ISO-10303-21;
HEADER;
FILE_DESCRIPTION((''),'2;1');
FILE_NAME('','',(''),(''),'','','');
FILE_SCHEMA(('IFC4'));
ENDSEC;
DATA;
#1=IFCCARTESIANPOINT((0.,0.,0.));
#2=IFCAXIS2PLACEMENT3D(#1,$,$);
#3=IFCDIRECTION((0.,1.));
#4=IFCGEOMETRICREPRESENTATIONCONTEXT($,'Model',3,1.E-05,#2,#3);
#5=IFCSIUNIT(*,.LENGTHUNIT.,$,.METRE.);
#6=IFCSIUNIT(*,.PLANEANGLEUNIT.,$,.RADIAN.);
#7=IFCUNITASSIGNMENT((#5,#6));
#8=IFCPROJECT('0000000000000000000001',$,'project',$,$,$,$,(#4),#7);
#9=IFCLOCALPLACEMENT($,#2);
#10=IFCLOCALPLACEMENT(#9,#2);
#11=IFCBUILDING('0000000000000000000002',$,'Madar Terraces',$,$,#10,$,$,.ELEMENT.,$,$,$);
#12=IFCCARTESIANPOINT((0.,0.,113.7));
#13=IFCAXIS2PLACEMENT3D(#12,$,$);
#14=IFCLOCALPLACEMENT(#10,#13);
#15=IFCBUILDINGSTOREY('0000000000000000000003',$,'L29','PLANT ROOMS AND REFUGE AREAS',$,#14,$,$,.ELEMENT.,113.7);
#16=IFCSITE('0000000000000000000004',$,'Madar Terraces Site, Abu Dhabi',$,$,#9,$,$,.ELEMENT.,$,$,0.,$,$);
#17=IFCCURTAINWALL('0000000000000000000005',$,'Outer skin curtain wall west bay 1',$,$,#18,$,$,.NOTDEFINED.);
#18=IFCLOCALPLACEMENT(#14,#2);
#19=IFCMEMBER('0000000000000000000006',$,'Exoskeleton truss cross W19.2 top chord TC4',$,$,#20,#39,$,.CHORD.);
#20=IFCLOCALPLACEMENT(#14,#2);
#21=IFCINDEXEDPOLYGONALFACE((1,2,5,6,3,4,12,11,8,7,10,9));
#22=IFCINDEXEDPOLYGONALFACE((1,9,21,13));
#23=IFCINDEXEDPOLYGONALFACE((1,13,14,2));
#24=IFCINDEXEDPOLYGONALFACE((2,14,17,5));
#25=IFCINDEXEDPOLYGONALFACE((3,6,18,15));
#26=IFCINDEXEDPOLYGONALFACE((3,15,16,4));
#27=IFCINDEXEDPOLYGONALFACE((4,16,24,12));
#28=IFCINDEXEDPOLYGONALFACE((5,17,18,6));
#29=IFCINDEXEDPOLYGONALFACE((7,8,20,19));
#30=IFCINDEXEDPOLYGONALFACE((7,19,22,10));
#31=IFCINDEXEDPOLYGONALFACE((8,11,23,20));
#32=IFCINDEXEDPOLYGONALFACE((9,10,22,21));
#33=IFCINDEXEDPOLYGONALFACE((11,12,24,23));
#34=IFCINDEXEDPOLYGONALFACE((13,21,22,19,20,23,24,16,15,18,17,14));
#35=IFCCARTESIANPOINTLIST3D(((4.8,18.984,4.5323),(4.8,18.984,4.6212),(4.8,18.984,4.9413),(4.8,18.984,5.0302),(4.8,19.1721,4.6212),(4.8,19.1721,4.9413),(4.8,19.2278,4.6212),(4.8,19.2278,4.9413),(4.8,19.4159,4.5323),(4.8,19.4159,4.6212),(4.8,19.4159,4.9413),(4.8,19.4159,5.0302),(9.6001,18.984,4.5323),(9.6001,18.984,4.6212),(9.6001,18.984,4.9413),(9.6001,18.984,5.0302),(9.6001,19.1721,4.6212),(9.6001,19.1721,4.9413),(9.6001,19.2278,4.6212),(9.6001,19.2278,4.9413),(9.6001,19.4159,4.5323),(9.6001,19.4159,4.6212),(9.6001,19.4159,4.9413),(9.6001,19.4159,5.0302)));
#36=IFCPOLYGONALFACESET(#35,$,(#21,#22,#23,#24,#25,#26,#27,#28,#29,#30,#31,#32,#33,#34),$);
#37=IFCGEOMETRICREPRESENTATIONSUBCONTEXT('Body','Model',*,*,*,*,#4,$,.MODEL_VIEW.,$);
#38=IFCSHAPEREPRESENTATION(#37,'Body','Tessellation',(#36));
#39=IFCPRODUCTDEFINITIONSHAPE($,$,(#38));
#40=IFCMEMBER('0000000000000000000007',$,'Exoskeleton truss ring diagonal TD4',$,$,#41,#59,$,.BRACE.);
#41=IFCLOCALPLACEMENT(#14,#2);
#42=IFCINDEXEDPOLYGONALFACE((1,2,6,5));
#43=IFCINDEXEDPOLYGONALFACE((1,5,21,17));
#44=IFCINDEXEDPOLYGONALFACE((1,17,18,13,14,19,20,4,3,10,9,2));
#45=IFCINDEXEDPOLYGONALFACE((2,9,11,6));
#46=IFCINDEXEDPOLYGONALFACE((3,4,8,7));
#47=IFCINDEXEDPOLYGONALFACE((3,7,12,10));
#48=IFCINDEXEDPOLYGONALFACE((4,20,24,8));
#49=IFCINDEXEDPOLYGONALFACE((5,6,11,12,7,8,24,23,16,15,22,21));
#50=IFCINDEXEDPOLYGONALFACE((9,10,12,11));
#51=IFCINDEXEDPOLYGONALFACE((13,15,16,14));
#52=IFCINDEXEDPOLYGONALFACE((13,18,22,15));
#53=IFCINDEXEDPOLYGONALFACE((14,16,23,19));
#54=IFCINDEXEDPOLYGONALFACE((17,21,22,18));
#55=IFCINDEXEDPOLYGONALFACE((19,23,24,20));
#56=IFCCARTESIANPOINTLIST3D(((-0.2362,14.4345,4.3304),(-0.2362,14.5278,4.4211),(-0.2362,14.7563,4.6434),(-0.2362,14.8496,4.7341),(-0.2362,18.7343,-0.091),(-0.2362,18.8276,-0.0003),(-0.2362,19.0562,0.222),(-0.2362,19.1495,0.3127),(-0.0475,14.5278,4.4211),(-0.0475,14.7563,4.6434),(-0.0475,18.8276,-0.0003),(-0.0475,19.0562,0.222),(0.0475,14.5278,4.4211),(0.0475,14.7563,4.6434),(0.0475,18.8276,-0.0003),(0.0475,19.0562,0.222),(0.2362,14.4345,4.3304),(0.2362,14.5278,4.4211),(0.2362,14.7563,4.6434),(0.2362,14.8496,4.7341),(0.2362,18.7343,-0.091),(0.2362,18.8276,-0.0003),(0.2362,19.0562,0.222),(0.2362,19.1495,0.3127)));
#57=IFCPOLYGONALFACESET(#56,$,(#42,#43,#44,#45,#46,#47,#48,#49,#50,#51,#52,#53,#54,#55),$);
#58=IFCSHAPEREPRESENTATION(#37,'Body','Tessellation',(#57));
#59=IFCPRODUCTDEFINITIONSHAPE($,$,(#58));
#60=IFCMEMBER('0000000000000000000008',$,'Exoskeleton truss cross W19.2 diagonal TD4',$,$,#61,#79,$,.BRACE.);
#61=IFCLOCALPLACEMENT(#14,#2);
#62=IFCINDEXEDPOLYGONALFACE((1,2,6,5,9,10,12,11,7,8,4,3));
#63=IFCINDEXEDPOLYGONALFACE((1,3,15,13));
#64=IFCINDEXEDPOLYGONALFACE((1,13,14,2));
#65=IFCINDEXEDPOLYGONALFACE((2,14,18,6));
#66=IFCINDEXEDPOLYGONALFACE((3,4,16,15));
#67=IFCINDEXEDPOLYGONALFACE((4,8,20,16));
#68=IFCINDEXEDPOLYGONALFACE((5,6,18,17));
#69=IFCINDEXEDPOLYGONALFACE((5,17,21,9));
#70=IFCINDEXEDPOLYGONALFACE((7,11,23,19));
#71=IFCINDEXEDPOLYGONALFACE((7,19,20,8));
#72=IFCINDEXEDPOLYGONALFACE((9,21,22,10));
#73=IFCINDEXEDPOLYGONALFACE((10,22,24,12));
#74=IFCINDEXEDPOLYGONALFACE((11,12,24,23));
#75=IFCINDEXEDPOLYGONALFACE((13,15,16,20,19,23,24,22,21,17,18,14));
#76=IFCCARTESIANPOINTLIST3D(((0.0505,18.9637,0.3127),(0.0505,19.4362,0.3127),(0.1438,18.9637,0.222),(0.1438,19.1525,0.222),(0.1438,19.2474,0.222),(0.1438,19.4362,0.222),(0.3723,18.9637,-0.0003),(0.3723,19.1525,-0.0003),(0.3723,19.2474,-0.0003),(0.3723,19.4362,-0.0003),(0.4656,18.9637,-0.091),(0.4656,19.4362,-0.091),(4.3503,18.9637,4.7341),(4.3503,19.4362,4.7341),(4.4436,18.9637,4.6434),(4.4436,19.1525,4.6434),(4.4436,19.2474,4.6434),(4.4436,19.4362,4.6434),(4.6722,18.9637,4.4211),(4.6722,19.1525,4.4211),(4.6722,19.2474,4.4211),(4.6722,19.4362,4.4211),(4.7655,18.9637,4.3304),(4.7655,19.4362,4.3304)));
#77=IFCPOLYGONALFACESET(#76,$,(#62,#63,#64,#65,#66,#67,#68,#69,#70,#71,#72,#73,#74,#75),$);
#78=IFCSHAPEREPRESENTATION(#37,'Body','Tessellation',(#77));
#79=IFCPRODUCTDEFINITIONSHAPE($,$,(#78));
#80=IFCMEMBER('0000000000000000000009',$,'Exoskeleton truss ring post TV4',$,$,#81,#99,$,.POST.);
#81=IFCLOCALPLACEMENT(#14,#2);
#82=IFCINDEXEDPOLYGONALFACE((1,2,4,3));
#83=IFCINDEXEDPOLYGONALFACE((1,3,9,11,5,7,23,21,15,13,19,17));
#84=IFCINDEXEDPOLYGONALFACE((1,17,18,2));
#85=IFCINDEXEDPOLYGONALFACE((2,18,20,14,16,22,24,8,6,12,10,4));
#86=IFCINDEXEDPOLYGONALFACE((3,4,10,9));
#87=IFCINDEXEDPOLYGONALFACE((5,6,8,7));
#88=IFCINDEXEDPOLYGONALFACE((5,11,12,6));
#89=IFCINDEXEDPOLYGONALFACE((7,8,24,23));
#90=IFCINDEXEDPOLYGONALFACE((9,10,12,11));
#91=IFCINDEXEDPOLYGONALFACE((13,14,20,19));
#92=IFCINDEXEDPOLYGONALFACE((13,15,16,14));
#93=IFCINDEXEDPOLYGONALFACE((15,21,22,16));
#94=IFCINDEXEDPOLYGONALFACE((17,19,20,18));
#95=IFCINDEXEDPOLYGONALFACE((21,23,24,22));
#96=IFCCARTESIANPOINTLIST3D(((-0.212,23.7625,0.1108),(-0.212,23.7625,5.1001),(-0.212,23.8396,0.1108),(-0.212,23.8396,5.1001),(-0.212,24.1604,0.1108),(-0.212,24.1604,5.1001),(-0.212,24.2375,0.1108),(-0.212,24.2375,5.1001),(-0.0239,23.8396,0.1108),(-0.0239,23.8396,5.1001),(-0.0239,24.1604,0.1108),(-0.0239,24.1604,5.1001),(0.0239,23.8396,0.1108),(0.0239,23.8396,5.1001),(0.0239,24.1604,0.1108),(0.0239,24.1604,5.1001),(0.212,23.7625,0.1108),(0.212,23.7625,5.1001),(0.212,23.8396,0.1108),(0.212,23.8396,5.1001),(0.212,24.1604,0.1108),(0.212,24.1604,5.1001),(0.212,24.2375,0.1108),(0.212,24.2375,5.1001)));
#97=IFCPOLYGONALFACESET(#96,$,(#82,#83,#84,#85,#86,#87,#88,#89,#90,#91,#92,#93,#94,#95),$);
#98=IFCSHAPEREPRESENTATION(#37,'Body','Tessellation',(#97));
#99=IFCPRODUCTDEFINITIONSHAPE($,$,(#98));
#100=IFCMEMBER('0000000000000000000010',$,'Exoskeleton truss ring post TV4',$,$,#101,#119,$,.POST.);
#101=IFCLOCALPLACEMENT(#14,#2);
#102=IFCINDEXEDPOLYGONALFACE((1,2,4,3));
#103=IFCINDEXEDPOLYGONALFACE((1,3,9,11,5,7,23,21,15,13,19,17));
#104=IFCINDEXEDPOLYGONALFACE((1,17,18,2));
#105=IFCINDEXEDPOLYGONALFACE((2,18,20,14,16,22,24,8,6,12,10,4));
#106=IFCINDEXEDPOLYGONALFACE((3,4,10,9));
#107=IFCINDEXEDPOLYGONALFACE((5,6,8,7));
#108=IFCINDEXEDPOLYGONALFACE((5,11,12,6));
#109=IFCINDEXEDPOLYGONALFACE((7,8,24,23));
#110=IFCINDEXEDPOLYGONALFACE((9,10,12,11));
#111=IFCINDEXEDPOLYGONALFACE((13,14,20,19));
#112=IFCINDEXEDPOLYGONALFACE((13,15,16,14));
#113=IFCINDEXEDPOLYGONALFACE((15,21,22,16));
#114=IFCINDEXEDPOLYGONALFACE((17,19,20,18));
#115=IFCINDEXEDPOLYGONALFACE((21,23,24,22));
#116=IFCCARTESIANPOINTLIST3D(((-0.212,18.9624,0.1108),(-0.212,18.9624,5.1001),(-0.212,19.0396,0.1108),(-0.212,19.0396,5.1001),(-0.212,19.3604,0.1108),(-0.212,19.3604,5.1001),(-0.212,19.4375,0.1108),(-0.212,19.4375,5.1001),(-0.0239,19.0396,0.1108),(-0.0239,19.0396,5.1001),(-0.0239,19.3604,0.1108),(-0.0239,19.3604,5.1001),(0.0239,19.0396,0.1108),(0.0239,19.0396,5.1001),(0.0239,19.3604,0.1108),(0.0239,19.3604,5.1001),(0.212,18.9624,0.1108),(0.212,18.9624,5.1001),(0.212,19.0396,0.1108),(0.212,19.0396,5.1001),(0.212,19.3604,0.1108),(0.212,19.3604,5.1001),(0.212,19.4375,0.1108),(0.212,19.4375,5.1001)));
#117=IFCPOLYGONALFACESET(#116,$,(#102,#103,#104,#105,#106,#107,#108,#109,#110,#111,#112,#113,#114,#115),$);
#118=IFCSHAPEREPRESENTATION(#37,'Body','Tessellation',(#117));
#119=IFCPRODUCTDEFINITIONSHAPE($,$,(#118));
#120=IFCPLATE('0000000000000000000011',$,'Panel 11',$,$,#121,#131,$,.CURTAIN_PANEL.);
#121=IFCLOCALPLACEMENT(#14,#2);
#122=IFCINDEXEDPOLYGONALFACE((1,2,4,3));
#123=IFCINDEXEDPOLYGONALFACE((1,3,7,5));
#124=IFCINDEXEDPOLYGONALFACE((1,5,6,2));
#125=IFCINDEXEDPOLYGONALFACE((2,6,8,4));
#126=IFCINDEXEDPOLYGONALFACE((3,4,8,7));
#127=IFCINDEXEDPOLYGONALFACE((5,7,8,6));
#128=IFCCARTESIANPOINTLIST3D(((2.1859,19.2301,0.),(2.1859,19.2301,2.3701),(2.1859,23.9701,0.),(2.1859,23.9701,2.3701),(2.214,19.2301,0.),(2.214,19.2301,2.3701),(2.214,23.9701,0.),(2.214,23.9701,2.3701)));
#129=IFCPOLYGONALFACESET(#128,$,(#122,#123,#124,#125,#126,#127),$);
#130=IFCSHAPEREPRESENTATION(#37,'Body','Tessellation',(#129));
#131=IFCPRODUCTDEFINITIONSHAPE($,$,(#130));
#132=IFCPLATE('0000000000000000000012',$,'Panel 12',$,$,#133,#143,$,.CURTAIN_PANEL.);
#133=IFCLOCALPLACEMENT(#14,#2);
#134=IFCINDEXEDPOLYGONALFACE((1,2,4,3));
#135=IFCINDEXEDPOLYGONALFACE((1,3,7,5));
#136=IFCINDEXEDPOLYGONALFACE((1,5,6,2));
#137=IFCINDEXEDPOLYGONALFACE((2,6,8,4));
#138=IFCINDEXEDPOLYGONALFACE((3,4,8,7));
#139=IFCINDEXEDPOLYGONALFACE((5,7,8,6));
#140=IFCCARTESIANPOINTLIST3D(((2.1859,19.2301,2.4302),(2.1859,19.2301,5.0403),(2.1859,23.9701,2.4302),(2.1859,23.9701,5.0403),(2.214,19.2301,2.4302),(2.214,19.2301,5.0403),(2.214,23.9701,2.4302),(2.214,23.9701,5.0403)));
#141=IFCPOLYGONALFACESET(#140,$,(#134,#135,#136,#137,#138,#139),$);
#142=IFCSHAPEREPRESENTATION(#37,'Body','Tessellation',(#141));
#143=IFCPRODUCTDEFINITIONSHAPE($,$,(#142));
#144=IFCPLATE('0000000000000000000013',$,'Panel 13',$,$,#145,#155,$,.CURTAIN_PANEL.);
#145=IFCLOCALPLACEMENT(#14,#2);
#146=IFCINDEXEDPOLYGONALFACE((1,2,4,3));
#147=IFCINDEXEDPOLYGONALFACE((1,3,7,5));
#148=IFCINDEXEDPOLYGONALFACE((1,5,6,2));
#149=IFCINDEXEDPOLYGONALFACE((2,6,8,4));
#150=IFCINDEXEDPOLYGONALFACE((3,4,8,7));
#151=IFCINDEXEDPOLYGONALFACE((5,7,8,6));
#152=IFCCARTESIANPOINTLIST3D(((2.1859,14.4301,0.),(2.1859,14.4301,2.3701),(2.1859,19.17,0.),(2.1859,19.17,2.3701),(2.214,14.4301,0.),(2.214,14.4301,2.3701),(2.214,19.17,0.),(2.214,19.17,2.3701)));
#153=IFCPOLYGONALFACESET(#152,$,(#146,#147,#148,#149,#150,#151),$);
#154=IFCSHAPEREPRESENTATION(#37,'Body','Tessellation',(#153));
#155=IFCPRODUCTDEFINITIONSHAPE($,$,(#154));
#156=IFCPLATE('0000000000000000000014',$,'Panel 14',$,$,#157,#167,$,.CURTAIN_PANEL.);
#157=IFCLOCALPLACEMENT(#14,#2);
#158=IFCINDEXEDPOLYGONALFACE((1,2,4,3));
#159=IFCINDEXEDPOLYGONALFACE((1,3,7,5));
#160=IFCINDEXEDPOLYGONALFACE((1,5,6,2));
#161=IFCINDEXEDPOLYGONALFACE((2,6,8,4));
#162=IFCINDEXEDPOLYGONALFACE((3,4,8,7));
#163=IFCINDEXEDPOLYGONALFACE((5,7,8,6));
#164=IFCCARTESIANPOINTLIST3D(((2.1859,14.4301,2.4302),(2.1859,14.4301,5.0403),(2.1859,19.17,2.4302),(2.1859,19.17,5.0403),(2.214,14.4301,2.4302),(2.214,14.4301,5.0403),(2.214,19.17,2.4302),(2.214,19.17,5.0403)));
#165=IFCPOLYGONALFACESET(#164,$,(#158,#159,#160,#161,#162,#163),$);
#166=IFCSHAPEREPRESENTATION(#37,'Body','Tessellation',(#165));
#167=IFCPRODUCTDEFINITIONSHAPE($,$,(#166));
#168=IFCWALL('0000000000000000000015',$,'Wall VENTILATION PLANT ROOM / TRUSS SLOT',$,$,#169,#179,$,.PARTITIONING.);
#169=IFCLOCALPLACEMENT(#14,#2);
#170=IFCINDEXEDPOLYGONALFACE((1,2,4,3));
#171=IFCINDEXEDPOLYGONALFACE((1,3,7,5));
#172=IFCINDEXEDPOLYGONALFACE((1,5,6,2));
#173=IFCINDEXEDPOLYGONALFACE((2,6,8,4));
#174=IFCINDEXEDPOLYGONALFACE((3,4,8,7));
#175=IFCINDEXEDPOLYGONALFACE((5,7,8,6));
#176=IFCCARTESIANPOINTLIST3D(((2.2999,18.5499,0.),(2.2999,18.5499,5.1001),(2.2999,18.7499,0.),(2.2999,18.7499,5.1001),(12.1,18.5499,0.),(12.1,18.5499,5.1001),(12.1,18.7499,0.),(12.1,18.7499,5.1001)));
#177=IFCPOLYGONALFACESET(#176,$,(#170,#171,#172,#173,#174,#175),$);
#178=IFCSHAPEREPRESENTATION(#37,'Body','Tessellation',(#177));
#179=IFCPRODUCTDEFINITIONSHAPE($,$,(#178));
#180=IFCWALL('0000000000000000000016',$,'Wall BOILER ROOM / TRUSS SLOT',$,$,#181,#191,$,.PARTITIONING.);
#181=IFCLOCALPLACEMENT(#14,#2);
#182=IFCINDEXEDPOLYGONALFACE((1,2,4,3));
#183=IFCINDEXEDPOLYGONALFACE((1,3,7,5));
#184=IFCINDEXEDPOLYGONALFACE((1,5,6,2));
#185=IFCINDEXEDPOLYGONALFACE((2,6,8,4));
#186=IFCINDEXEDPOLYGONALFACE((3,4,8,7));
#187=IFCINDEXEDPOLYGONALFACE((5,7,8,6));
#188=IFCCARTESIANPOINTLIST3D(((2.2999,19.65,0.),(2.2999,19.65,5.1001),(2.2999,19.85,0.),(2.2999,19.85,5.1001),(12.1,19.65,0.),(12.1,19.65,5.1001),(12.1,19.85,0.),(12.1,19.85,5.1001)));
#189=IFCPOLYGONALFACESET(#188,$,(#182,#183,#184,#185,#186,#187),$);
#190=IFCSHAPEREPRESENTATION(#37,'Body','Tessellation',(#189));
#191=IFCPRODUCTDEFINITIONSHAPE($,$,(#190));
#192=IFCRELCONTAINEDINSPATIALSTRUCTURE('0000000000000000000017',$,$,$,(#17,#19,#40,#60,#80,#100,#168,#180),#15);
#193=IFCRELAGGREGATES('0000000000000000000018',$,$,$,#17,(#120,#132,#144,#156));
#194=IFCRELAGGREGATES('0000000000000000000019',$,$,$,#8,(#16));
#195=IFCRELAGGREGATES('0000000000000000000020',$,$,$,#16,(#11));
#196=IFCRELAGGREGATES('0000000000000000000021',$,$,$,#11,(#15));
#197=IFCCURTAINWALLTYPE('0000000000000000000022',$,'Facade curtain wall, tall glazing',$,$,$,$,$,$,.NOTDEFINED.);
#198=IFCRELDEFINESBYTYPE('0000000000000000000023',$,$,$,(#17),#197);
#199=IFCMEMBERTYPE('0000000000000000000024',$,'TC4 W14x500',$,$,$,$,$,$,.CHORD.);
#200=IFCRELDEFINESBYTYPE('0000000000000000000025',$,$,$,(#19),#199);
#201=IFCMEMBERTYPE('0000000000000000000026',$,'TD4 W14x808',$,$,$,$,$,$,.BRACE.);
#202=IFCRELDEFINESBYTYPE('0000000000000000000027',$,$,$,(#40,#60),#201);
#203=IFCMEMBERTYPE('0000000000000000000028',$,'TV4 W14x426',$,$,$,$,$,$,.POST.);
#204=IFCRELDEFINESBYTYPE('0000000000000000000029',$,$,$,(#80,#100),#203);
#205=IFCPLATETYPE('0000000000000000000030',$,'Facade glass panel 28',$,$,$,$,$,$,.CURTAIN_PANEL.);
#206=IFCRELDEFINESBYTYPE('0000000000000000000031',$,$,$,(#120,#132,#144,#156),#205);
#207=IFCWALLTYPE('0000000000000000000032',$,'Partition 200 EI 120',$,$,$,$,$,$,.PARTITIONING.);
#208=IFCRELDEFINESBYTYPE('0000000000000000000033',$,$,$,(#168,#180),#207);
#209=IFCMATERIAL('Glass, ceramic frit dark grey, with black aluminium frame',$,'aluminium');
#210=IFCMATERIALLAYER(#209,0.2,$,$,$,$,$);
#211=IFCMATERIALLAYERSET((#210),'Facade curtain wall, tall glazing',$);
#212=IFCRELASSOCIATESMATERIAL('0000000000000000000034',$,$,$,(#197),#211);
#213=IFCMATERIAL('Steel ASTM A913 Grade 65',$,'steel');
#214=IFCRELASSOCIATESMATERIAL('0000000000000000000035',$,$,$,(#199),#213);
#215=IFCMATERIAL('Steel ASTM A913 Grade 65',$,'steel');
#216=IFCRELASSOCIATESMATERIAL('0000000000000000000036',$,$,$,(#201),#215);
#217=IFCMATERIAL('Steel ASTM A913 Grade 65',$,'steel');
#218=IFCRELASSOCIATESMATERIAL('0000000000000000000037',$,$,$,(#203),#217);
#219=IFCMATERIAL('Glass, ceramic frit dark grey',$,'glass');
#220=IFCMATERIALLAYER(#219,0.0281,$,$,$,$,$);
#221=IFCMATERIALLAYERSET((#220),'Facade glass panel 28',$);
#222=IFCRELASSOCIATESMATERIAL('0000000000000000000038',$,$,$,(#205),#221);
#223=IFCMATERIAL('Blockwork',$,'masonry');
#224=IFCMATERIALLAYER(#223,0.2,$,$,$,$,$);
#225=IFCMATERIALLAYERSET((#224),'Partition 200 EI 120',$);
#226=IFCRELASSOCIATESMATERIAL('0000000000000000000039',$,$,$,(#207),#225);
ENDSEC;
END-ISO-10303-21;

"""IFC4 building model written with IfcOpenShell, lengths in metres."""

from ifc_helpers import new_model, si_unit, direction, frame, frame_2d, origin, origin_2d, place, context, subcontext, project, spatial, rectangle, i_section, extrude, material, layer, layer_set, material_profile, profile_set, type_object, element, aggregate, save


model = new_model("IFC4")

# Units and contexts
model_context = context("Model", 3, precision=1e-05, world=origin(), true_north=direction((0.0, 1.0)))
body_context = subcontext(model_context, "Body", "Model", "MODEL_VIEW")
ifc_project = project(units=[si_unit("LENGTHUNIT", "METRE"), si_unit("PLANEANGLEUNIT", "RADIAN")], contexts=[model_context])

# Site, building, storey
site_placement = place(None, origin())
site = spatial("IfcSite", under=ifc_project, at=site_placement, Name="Madar Terraces Site, Abu Dhabi", CompositionType="ELEMENT", RefElevation=0.0)
building_placement = place(site_placement, origin())
building = spatial("IfcBuilding", under=site, at=building_placement, Name="Madar Terraces", CompositionType="ELEMENT")
storey_placement = place(building_placement, frame((0.0, 0.0, 113.7)))
storey = spatial("IfcBuildingStorey", under=building, at=storey_placement, Name="L29", Description="PLANT ROOMS AND REFUGE AREAS", CompositionType="ELEMENT", Elevation=113.7)

# Curtain wall
ifc_material_1 = material(Name="Glass, ceramic frit dark grey, with black aluminium frame", Category="aluminium")
ifc_layer_1 = layer(ifc_material_1, 0.2)
ifc_layer_set_1 = layer_set([ifc_layer_1], Name="Facade curtain wall, tall glazing")
curtain_wall_type = type_object("IfcCurtainWallType", Name="Facade curtain wall, tall glazing", PredefinedType="NOTDEFINED", material=ifc_layer_set_1)
curtain_wall_placement = place(storey_placement, origin())
curtain_wall = element("IfcCurtainWall", 1, at=curtain_wall_placement, inside=storey, type_object=curtain_wall_type, Name="Outer skin curtain wall west bay 1", PredefinedType="NOTDEFINED")

# Members
ifc_material_2 = material(Name="Steel ASTM A913 Grade 65", Category="steel")
ifc_material_profile_1 = material_profile(ifc_material_2, i_section(OverallWidth=0.4319, OverallDepth=0.4978, WebThickness=0.0557, FlangeThickness=0.0889, at=origin_2d()), Name="W14x500")
ifc_profile_set_1 = profile_set([ifc_material_profile_1], Name="Steel ASTM A913 Grade 65")
member_type_1 = type_object("IfcMemberType", Name="TC4 W14x500", PredefinedType="CHORD", material=ifc_profile_set_1)
member_1_placement = place(storey_placement, frame((4.8, 19.2, 4.7812), z_axis=(1.0, 0.0, 0.0), x_axis=(0.0, 1.0, 0.0)))
element("IfcMember", 2, at=member_1_placement, inside=storey, type_object=member_type_1, Name="Exoskeleton truss cross W19.2 top chord TC4", PredefinedType="CHORD", context=body_context, shape_type="SweptSolid", body=[
    extrude(i_section(OverallWidth=0.4319, OverallDepth=0.4978, WebThickness=0.0557, FlangeThickness=0.0889, at=origin_2d()), origin(), (0.0, 0.0, 1.0), 4.8),
])
ifc_material_3 = material(Name="Steel ASTM A913 Grade 65", Category="steel")
ifc_material_profile_2 = material_profile(ifc_material_3, i_section(OverallWidth=0.4724, OverallDepth=0.5791, WebThickness=0.095, FlangeThickness=0.1301, at=origin_2d()), Name="W14x808")
ifc_profile_set_2 = profile_set([ifc_material_profile_2], Name="Steel ASTM A913 Grade 65")
member_type_2 = type_object("IfcMemberType", Name="TD4 W14x808", PredefinedType="BRACE", material=ifc_profile_set_2)
for number, where, z_axis, x_axis, name in (
    (3, (0.0, 18.9419, 0.1108), (0.0, -0.697181, 0.716895), (1.0, 0.0, 0.0), "Exoskeleton truss ring diagonal TD4"),
    (4, (0.2581, 19.2, 0.1108), (0.697181, 0.0, 0.716895), (0.0, 1.0, 0.0), "Exoskeleton truss cross W19.2 diagonal TD4"),
):
    element("IfcMember", number, at=place(storey_placement, frame(where, z_axis=z_axis, x_axis=x_axis)), inside=storey, type_object=member_type_2, Name=name, PredefinedType="BRACE", context=body_context, shape_type="SweptSolid", body=[
        extrude(i_section(OverallWidth=0.4724, OverallDepth=0.5791, WebThickness=0.095, FlangeThickness=0.1301, at=origin_2d()), origin(), (0.0, 0.0, 1.0), 6.1675),
    ])
ifc_material_4 = material(Name="Steel ASTM A913 Grade 65", Category="steel")
ifc_material_profile_3 = material_profile(ifc_material_4, i_section(OverallWidth=0.4241, OverallDepth=0.4751, WebThickness=0.0479, FlangeThickness=0.0771, at=origin_2d()), Name="W14x426")
ifc_profile_set_3 = profile_set([ifc_material_profile_3], Name="Steel ASTM A913 Grade 65")
member_type_3 = type_object("IfcMemberType", Name="TV4 W14x426", PredefinedType="POST", material=ifc_profile_set_3)
for number, where, z_axis, x_axis, name in (
    (5, (0.0, 24.0, 0.1108), (0.0, 0.0, 1.0), (1.0, 0.0, 0.0), "Exoskeleton truss ring post TV4"),
    (6, (0.0, 19.2, 0.1108), (0.0, 0.0, 1.0), (1.0, 0.0, 0.0), "Exoskeleton truss ring post TV4"),
):
    element("IfcMember", number, at=place(storey_placement, frame(where, z_axis=z_axis, x_axis=x_axis)), inside=storey, type_object=member_type_3, Name=name, PredefinedType="POST", context=body_context, shape_type="SweptSolid", body=[
        extrude(i_section(OverallWidth=0.4241, OverallDepth=0.4751, WebThickness=0.0479, FlangeThickness=0.0771, at=origin_2d()), origin(), (0.0, 0.0, 1.0), 4.9893),
    ])

# Plates
ifc_material_5 = material(Name="Glass, ceramic frit dark grey", Category="glass")
ifc_layer_2 = layer(ifc_material_5, 0.0281)
ifc_layer_set_2 = layer_set([ifc_layer_2], Name="Facade glass panel 28")
plate_type = type_object("IfcPlateType", Name="Facade glass panel 28", PredefinedType="CURTAIN_PANEL", material=ifc_layer_set_2)
plate_1_placement = place(storey_placement, frame((2.2, 21.6001, 0.0), z_axis=(0.0, 0.0, 1.0), x_axis=(0.0, -1.0, 0.0)))
plate_1 = element("IfcPlate", 7, at=plate_1_placement, type_object=plate_type, Name="Panel 11", PredefinedType="CURTAIN_PANEL", context=body_context, shape_type="SweptSolid", body=[
    extrude(rectangle(XDim=4.74, YDim=0.0281, at=origin_2d()), origin(), (0.0, 0.0, 1.0), 2.3701),
])
plate_2_placement = place(storey_placement, frame((2.2, 21.6001, 2.4302), z_axis=(0.0, 0.0, 1.0), x_axis=(0.0, -1.0, 0.0)))
plate_2 = element("IfcPlate", 8, at=plate_2_placement, type_object=plate_type, Name="Panel 12", PredefinedType="CURTAIN_PANEL", context=body_context, shape_type="SweptSolid", body=[
    extrude(rectangle(XDim=4.74, YDim=0.0281, at=origin_2d()), origin(), (0.0, 0.0, 1.0), 2.6101),
])
plate_3_placement = place(storey_placement, frame((2.2, 16.8, 0.0), z_axis=(0.0, 0.0, 1.0), x_axis=(0.0, -1.0, 0.0)))
plate_3 = element("IfcPlate", 9, at=plate_3_placement, type_object=plate_type, Name="Panel 13", PredefinedType="CURTAIN_PANEL", context=body_context, shape_type="SweptSolid", body=[
    extrude(rectangle(XDim=4.74, YDim=0.0281, at=origin_2d()), origin(), (0.0, 0.0, 1.0), 2.3701),
])
plate_4_placement = place(storey_placement, frame((2.2, 16.8, 2.4302), z_axis=(0.0, 0.0, 1.0), x_axis=(0.0, -1.0, 0.0)))
plate_4 = element("IfcPlate", 10, at=plate_4_placement, type_object=plate_type, Name="Panel 14", PredefinedType="CURTAIN_PANEL", context=body_context, shape_type="SweptSolid", body=[
    extrude(rectangle(XDim=4.74, YDim=0.0281, at=origin_2d()), origin(), (0.0, 0.0, 1.0), 2.6101),
])
aggregate(curtain_wall, [plate_1, plate_2, plate_3, plate_4])

# Walls
ifc_material_6 = material(Name="Blockwork", Category="masonry")
ifc_layer_3 = layer(ifc_material_6, 0.2)
ifc_layer_set_3 = layer_set([ifc_layer_3], Name="Partition 200 EI 120")
wall_type = type_object("IfcWallType", Name="Partition 200 EI 120", PredefinedType="PARTITIONING", material=ifc_layer_set_3)
for number, where, z_axis, x_axis, name in (
    (11, (2.3, 18.6499, 0.0), (0.0, 0.0, 1.0), (1.0, 0.0, 0.0), "Wall VENTILATION PLANT ROOM / TRUSS SLOT"),
    (12, (2.3, 19.75, 0.0), (0.0, 0.0, 1.0), (1.0, 0.0, 0.0), "Wall BOILER ROOM / TRUSS SLOT"),
):
    element("IfcWall", number, at=place(storey_placement, frame(where, z_axis=z_axis, x_axis=x_axis)), inside=storey, type_object=wall_type, Name=name, PredefinedType="PARTITIONING", context=body_context, shape_type="SweptSolid", body=[
        extrude(rectangle(XDim=9.8, YDim=0.2, at=frame_2d((4.8999, 0.0))), origin(), (0.0, 0.0, 1.0), 5.1001),
    ])

save(model, "model.ifc")
